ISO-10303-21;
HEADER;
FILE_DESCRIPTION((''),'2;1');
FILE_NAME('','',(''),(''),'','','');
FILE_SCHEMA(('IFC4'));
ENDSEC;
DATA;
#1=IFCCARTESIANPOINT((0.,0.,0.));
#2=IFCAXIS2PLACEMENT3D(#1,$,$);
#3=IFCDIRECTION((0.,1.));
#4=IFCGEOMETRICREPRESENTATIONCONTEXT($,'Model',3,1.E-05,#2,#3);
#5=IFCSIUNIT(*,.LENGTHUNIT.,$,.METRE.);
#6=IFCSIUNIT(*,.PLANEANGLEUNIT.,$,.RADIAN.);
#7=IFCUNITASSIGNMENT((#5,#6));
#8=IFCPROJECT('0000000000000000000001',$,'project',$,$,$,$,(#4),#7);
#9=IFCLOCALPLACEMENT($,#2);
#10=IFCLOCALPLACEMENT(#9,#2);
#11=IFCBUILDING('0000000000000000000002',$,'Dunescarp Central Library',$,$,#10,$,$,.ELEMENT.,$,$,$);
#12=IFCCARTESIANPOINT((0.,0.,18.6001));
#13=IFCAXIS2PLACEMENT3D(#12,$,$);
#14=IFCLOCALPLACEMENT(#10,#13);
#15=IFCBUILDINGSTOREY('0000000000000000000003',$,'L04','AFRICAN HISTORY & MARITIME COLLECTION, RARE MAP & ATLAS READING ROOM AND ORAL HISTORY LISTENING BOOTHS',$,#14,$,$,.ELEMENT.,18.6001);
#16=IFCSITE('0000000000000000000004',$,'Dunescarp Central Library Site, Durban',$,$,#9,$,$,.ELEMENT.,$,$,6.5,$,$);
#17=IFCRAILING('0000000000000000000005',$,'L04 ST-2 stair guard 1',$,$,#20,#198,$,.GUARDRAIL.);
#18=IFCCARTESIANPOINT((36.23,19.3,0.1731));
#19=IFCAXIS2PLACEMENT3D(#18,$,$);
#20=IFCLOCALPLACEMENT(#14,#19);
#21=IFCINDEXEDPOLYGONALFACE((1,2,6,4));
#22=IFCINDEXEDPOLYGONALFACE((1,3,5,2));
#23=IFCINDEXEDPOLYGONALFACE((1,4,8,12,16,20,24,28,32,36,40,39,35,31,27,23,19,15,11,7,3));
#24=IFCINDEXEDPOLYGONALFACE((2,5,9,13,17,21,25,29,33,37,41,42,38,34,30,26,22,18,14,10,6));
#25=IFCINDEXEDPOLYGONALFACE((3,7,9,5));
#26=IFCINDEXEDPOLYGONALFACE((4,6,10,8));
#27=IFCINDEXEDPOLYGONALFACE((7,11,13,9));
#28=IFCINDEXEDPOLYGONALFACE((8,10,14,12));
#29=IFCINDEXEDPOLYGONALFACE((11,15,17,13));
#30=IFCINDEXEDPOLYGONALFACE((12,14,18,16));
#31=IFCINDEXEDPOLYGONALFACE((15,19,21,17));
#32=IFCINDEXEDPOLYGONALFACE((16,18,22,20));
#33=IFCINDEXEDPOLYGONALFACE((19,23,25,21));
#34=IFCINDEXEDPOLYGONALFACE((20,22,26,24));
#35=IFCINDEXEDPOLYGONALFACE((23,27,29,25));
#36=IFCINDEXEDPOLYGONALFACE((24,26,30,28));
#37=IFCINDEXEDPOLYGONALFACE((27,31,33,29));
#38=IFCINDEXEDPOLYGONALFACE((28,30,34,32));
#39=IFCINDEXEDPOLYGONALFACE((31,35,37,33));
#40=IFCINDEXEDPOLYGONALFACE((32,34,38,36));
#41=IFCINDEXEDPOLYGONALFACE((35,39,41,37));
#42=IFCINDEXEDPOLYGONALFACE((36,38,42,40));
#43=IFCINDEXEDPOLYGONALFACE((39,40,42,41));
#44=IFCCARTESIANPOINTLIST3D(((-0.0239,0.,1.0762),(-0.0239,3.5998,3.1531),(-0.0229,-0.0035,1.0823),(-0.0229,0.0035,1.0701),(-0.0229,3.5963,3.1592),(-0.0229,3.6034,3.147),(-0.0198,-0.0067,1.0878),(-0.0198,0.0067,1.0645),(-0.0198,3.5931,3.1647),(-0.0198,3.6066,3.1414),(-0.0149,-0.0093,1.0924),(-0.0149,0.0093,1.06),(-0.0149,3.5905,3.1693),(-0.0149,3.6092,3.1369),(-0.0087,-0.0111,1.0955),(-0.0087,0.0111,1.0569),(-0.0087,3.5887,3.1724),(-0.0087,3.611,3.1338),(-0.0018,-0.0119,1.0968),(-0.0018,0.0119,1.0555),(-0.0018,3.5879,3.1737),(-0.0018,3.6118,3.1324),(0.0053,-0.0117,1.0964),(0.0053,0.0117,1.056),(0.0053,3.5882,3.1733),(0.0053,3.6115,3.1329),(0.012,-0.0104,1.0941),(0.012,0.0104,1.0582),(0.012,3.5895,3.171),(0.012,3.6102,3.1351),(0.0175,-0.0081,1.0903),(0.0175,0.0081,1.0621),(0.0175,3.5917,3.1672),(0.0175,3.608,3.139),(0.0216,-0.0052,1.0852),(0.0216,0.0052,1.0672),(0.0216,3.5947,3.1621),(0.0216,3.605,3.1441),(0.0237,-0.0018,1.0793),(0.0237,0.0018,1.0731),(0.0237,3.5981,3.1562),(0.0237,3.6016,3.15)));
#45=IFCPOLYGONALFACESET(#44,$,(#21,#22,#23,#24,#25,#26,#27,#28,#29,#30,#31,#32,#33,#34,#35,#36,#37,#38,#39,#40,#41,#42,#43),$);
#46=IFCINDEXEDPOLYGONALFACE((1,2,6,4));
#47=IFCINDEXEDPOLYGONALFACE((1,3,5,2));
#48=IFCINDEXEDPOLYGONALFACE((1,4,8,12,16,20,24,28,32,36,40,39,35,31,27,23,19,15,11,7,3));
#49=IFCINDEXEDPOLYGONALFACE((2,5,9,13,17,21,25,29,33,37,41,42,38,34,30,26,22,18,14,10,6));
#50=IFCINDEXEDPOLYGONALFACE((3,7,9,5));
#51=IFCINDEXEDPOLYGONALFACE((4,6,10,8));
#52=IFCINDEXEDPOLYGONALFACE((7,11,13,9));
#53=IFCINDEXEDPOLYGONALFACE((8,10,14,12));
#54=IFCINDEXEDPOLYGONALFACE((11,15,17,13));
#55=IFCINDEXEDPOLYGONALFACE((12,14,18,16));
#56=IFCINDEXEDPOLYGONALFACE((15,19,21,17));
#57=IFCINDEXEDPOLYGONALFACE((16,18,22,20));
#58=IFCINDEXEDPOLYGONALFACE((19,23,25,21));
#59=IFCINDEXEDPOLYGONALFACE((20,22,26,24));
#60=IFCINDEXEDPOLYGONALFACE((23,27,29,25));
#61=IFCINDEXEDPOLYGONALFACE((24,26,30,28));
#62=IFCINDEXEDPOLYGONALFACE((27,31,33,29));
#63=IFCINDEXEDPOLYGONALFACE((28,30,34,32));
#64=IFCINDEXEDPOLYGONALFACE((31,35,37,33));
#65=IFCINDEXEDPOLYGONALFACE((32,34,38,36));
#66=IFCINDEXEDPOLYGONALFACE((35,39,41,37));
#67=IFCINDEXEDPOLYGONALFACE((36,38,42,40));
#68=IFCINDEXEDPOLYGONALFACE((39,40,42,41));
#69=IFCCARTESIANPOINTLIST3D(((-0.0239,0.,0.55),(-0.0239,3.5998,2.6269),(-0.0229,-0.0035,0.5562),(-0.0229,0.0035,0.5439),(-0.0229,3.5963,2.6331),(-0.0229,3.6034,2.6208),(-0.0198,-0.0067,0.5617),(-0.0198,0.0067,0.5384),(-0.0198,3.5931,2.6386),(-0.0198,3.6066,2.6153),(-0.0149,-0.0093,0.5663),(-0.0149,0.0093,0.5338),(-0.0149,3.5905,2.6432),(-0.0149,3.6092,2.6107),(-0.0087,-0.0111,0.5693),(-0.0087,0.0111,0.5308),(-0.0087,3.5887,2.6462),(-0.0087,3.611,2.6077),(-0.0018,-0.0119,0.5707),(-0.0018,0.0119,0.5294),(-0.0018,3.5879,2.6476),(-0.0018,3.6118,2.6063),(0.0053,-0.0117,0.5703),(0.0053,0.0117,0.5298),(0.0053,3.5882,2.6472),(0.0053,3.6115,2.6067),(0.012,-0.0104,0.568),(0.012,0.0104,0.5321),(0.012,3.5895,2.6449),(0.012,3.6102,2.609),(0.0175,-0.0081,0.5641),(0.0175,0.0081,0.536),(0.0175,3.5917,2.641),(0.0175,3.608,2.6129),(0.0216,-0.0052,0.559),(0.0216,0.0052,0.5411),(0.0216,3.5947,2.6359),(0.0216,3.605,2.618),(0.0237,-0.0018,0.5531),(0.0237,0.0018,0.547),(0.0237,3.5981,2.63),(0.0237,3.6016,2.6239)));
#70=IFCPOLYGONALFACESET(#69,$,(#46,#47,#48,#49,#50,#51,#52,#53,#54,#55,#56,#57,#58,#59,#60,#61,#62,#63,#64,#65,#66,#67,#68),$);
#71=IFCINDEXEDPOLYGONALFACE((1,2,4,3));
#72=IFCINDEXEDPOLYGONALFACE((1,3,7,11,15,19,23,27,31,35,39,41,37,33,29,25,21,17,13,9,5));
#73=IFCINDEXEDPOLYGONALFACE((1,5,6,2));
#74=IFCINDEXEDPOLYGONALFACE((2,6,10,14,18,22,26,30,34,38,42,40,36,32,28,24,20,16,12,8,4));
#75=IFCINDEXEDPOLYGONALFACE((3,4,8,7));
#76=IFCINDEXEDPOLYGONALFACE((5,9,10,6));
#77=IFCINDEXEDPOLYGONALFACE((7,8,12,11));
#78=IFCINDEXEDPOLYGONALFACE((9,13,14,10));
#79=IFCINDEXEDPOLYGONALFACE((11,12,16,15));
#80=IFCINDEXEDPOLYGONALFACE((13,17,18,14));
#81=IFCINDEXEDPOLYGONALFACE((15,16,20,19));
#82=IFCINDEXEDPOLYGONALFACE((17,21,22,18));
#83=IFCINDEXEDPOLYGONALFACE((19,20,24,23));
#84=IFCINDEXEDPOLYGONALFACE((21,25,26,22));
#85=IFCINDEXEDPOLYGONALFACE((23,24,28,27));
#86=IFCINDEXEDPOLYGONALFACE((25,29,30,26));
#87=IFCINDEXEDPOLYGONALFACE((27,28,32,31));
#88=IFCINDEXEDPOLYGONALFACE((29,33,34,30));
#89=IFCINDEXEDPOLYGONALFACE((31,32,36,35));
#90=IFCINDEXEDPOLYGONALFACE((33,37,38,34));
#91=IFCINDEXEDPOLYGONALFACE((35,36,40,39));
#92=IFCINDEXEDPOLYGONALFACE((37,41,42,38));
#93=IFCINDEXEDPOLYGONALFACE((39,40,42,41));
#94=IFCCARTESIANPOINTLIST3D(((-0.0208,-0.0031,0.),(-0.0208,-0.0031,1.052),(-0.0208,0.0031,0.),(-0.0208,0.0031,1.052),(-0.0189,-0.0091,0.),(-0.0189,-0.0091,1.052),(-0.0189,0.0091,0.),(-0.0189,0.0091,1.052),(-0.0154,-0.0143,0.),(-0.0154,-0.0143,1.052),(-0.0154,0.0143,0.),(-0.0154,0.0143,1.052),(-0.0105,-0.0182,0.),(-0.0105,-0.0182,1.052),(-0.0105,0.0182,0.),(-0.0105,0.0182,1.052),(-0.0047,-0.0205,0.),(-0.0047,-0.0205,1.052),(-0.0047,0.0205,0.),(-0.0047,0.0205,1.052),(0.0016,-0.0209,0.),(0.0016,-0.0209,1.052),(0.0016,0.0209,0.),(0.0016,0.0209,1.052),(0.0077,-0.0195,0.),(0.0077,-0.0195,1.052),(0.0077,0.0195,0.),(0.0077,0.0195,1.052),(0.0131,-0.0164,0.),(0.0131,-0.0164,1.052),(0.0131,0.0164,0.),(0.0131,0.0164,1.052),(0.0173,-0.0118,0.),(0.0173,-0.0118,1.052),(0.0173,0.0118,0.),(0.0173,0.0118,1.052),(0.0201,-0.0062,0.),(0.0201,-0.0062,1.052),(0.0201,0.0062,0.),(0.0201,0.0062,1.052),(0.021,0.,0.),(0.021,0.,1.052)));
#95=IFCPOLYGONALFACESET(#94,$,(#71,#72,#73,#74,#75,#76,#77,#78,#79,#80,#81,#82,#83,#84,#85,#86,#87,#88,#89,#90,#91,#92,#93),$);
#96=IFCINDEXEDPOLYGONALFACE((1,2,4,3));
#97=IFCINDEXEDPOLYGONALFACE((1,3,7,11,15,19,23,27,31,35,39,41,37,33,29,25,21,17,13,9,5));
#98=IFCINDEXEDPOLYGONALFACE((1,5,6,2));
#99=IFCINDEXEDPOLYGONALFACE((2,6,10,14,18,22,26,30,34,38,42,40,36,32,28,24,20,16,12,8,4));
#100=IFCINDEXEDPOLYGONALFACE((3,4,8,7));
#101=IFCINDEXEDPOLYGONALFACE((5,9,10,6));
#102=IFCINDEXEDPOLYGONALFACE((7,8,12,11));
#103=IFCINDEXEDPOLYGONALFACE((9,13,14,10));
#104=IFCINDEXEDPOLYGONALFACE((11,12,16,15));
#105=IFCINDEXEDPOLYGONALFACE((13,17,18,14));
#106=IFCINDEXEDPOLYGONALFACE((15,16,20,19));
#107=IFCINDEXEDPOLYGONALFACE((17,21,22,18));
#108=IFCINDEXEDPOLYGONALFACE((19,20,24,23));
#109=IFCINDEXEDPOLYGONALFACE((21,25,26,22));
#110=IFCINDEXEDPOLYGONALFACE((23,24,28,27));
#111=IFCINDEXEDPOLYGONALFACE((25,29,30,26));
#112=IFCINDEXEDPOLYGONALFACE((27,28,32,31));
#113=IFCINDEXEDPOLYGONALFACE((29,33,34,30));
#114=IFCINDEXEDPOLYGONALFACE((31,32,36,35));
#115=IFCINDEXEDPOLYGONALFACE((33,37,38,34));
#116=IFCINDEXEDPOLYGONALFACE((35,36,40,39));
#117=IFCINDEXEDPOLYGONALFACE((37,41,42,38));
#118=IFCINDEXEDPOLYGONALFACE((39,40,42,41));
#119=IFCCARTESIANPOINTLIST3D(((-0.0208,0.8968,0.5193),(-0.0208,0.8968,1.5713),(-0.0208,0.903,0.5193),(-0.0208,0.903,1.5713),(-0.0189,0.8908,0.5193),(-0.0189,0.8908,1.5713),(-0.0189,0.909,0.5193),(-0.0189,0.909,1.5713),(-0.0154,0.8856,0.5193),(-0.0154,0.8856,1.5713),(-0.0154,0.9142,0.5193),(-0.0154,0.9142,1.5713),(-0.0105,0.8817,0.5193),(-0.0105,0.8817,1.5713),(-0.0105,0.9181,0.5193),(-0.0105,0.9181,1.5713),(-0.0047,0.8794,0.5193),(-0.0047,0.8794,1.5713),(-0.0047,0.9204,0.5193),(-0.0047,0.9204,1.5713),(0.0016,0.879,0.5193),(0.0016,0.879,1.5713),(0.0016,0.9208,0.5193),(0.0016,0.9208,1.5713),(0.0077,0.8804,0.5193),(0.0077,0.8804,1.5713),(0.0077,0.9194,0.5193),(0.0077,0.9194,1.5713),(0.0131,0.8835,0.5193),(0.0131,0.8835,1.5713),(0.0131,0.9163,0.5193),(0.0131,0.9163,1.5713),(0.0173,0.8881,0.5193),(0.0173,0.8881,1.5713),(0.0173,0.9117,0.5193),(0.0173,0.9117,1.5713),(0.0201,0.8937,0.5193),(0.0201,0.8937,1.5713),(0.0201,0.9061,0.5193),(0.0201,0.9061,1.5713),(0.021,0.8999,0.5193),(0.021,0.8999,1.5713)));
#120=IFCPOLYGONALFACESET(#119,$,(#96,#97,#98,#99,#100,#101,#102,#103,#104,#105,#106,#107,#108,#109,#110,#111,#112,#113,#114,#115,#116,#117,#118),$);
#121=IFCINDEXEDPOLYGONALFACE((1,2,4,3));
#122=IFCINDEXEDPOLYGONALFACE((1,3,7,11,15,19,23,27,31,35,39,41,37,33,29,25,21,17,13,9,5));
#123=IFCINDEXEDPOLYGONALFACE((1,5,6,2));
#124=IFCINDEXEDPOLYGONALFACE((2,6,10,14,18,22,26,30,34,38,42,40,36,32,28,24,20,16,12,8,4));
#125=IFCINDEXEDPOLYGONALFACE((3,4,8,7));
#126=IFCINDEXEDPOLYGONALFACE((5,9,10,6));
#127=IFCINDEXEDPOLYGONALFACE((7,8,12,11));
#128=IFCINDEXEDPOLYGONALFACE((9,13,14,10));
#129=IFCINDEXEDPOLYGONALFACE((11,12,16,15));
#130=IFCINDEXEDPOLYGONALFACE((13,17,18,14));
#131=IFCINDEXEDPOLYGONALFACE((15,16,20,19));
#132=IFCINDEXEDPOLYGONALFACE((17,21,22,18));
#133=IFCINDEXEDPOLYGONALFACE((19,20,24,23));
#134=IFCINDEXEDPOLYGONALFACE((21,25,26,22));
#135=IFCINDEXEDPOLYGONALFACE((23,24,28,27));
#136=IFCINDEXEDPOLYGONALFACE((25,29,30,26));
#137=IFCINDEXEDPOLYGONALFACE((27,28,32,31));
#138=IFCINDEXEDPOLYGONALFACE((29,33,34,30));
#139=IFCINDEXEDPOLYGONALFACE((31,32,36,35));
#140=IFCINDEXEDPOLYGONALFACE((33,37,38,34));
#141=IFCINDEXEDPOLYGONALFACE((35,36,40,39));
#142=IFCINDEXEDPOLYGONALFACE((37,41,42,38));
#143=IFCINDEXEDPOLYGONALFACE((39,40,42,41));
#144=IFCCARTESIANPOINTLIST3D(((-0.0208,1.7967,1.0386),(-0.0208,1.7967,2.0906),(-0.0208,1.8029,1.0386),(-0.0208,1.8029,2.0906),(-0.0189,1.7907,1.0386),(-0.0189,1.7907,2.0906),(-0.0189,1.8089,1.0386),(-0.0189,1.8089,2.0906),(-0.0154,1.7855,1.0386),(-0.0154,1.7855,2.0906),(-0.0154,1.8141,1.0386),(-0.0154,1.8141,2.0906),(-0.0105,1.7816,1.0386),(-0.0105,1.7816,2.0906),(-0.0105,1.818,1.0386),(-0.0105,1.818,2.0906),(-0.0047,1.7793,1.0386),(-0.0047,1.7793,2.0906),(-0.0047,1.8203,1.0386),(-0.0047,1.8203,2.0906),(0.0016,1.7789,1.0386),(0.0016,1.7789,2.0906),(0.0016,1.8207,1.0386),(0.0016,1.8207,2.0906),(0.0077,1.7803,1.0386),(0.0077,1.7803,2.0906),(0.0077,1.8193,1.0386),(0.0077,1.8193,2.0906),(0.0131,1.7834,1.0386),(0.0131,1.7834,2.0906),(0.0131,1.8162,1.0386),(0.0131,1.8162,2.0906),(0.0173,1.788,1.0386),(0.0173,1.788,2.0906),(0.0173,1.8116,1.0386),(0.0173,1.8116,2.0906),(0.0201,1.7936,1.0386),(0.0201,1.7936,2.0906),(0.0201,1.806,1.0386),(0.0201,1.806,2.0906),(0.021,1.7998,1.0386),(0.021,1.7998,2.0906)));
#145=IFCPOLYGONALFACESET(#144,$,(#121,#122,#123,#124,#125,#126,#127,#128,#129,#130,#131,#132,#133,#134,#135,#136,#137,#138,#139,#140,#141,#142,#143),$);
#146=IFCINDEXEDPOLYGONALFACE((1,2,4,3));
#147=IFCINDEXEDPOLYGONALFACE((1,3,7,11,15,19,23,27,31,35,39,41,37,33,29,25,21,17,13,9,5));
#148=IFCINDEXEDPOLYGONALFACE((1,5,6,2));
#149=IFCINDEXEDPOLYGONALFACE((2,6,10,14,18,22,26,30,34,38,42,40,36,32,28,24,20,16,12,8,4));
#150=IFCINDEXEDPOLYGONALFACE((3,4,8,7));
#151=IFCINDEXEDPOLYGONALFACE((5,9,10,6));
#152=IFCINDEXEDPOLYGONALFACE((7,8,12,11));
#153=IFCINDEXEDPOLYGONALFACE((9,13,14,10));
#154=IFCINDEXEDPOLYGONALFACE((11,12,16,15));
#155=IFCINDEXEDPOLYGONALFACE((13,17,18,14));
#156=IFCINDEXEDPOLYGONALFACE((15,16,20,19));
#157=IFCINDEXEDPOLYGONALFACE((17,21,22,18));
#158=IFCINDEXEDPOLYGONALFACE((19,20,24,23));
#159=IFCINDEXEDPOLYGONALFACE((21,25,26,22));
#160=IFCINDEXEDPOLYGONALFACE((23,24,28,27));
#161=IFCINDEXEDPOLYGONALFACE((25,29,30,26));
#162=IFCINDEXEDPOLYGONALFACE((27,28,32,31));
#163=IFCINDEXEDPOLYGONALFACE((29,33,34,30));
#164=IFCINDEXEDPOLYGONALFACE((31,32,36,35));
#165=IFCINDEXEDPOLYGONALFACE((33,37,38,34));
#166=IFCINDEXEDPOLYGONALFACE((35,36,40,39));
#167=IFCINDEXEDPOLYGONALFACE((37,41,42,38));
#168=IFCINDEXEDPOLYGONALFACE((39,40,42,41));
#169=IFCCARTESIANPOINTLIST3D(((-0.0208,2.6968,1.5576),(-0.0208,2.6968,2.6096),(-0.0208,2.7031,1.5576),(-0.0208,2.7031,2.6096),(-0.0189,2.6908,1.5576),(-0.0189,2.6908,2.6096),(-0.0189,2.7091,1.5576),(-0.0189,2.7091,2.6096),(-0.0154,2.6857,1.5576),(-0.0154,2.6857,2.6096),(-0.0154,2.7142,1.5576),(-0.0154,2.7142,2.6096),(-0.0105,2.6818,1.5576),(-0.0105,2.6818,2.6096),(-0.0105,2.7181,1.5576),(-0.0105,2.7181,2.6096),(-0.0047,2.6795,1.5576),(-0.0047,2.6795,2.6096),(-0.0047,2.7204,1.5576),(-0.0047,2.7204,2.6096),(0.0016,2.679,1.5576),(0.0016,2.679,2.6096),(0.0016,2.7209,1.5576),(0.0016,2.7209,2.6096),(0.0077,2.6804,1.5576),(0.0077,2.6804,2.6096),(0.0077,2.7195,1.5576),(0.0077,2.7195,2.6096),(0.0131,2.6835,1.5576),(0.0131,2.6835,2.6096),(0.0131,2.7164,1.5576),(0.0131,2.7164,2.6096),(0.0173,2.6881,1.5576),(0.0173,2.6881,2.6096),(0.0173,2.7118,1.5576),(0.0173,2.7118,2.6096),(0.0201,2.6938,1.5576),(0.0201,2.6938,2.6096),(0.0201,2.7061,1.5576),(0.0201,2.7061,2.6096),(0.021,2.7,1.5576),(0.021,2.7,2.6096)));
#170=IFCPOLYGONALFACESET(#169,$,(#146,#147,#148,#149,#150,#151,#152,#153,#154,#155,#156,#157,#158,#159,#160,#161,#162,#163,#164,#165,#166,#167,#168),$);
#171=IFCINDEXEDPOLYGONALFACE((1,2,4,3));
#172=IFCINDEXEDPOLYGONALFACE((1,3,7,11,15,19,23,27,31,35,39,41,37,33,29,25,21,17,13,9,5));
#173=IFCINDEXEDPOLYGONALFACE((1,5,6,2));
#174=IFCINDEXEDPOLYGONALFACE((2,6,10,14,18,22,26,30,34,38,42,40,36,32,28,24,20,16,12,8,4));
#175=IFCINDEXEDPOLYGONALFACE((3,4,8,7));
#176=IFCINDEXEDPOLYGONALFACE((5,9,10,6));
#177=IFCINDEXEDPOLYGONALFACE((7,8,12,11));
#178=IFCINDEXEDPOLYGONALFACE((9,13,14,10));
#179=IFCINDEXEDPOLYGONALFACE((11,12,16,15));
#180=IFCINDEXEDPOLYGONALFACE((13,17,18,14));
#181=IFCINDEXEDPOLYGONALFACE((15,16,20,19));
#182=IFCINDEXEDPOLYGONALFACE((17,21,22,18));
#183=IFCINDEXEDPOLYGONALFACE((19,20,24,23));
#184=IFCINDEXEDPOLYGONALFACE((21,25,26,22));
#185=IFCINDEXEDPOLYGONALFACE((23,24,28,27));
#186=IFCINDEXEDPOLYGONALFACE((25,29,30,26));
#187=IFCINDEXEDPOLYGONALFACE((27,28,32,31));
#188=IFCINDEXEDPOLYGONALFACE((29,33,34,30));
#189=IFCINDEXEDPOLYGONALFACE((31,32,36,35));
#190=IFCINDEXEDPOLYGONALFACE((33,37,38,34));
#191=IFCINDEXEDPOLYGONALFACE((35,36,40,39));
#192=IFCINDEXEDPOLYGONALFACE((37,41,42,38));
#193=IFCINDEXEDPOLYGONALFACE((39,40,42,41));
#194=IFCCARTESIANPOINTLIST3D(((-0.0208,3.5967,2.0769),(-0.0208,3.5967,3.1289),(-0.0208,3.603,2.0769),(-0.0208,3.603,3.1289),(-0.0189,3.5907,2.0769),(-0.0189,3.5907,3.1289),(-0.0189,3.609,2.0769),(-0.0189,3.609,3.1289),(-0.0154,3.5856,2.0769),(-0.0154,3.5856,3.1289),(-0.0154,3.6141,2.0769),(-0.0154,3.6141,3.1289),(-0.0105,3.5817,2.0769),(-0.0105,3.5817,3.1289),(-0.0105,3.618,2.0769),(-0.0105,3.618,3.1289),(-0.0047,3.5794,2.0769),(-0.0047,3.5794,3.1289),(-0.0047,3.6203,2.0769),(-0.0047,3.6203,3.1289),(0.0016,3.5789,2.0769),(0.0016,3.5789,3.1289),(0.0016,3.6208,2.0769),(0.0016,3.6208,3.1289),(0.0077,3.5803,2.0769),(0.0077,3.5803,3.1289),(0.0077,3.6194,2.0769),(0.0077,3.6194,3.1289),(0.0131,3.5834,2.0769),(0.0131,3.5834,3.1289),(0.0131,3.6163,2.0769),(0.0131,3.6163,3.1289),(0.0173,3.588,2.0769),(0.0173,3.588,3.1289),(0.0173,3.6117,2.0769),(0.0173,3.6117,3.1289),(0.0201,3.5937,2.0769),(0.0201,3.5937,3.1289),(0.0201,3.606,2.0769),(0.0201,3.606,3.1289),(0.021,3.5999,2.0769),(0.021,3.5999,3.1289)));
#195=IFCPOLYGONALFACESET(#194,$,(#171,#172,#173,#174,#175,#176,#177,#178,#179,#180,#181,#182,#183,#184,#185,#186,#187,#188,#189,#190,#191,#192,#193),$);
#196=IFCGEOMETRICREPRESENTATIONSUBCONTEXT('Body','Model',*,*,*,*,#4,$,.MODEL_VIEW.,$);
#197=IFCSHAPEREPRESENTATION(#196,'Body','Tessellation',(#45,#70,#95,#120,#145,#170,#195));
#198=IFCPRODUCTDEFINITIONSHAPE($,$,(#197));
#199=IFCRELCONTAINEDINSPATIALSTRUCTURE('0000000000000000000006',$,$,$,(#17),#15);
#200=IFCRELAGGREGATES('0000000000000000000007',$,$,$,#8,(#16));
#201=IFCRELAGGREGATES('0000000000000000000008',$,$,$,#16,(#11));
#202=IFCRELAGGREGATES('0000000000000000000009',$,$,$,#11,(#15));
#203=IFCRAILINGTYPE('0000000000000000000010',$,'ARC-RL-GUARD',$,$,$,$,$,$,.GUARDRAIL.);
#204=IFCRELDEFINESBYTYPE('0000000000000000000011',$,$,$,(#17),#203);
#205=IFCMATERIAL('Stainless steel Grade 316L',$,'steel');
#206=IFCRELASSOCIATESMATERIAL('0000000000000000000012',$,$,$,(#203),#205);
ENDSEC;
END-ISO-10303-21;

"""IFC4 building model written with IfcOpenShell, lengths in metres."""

from ifc_helpers import new_model, si_unit, direction, frame, origin, origin_2d, place, context, subcontext, project, spatial, circle, extrude, material, type_object, element, save


model = new_model("IFC4")

# Units and contexts
model_context = context("Model", 3, precision=1e-05, world=origin(), true_north=direction((0.0, 1.0)))
body_context = subcontext(model_context, "Body", "Model", "MODEL_VIEW")
ifc_project = project(units=[si_unit("LENGTHUNIT", "METRE"), si_unit("PLANEANGLEUNIT", "RADIAN")], contexts=[model_context])

# Site, building, storey
site_placement = place(None, origin())
site = spatial("IfcSite", under=ifc_project, at=site_placement, Name="Dunescarp Central Library Site, Durban", CompositionType="ELEMENT", RefElevation=6.5)
building_placement = place(site_placement, origin())
building = spatial("IfcBuilding", under=site, at=building_placement, Name="Dunescarp Central Library", CompositionType="ELEMENT")
storey_placement = place(building_placement, frame((0.0, 0.0, 18.6001)))
storey = spatial("IfcBuildingStorey", under=building, at=storey_placement, Name="L04", Description="AFRICAN HISTORY & MARITIME COLLECTION, RARE MAP & ATLAS READING ROOM AND ORAL HISTORY LISTENING BOOTHS", CompositionType="ELEMENT", Elevation=18.6001)

# Railing
ifc_material_1 = material(Name="Stainless steel Grade 316L", Category="steel")
railing_type_1 = type_object("IfcRailingType", Name="ARC-RL-GUARD", PredefinedType="GUARDRAIL", material=ifc_material_1)
railing_1_placement = place(storey_placement, frame((36.23, 19.3, 0.1731)))
element("IfcRailing", 1, at=railing_1_placement, inside=storey, type_object=railing_type_1, Name="L04 ST-2 stair guard 1", PredefinedType="GUARDRAIL", context=body_context, shape_type="SweptSolid", body=[
    extrude(circle(Radius=0.0239, at=origin_2d()), frame((0.0, 0.0, 1.0762), z_axis=(0.0, 0.866179, 0.499734), x_axis=(-1.0, 0.0, 0.0)), (0.0, 0.0, 1.0), 4.156),
    extrude(circle(Radius=0.0239, at=origin_2d()), frame((0.0, 0.0, 0.55), z_axis=(0.0, 0.866179, 0.499734), x_axis=(-1.0, 0.0, 0.0)), (0.0, 0.0, 1.0), 4.156),
    extrude(circle(Radius=0.021, at=origin_2d()), origin(), (0.0, 0.0, 1.0), 1.052),
    extrude(circle(Radius=0.021, at=origin_2d()), frame((0.0, 0.8999, 0.5193)), (0.0, 0.0, 1.0), 1.052),
    extrude(circle(Radius=0.021, at=origin_2d()), frame((0.0, 1.7998, 1.0386)), (0.0, 0.0, 1.0), 1.052),
    extrude(circle(Radius=0.021, at=origin_2d()), frame((0.0, 2.7, 1.5576)), (0.0, 0.0, 1.0), 1.052),
    extrude(circle(Radius=0.021, at=origin_2d()), frame((0.0, 3.5999, 2.0769)), (0.0, 0.0, 1.0), 1.052),
])

save(model, "model.ifc")
